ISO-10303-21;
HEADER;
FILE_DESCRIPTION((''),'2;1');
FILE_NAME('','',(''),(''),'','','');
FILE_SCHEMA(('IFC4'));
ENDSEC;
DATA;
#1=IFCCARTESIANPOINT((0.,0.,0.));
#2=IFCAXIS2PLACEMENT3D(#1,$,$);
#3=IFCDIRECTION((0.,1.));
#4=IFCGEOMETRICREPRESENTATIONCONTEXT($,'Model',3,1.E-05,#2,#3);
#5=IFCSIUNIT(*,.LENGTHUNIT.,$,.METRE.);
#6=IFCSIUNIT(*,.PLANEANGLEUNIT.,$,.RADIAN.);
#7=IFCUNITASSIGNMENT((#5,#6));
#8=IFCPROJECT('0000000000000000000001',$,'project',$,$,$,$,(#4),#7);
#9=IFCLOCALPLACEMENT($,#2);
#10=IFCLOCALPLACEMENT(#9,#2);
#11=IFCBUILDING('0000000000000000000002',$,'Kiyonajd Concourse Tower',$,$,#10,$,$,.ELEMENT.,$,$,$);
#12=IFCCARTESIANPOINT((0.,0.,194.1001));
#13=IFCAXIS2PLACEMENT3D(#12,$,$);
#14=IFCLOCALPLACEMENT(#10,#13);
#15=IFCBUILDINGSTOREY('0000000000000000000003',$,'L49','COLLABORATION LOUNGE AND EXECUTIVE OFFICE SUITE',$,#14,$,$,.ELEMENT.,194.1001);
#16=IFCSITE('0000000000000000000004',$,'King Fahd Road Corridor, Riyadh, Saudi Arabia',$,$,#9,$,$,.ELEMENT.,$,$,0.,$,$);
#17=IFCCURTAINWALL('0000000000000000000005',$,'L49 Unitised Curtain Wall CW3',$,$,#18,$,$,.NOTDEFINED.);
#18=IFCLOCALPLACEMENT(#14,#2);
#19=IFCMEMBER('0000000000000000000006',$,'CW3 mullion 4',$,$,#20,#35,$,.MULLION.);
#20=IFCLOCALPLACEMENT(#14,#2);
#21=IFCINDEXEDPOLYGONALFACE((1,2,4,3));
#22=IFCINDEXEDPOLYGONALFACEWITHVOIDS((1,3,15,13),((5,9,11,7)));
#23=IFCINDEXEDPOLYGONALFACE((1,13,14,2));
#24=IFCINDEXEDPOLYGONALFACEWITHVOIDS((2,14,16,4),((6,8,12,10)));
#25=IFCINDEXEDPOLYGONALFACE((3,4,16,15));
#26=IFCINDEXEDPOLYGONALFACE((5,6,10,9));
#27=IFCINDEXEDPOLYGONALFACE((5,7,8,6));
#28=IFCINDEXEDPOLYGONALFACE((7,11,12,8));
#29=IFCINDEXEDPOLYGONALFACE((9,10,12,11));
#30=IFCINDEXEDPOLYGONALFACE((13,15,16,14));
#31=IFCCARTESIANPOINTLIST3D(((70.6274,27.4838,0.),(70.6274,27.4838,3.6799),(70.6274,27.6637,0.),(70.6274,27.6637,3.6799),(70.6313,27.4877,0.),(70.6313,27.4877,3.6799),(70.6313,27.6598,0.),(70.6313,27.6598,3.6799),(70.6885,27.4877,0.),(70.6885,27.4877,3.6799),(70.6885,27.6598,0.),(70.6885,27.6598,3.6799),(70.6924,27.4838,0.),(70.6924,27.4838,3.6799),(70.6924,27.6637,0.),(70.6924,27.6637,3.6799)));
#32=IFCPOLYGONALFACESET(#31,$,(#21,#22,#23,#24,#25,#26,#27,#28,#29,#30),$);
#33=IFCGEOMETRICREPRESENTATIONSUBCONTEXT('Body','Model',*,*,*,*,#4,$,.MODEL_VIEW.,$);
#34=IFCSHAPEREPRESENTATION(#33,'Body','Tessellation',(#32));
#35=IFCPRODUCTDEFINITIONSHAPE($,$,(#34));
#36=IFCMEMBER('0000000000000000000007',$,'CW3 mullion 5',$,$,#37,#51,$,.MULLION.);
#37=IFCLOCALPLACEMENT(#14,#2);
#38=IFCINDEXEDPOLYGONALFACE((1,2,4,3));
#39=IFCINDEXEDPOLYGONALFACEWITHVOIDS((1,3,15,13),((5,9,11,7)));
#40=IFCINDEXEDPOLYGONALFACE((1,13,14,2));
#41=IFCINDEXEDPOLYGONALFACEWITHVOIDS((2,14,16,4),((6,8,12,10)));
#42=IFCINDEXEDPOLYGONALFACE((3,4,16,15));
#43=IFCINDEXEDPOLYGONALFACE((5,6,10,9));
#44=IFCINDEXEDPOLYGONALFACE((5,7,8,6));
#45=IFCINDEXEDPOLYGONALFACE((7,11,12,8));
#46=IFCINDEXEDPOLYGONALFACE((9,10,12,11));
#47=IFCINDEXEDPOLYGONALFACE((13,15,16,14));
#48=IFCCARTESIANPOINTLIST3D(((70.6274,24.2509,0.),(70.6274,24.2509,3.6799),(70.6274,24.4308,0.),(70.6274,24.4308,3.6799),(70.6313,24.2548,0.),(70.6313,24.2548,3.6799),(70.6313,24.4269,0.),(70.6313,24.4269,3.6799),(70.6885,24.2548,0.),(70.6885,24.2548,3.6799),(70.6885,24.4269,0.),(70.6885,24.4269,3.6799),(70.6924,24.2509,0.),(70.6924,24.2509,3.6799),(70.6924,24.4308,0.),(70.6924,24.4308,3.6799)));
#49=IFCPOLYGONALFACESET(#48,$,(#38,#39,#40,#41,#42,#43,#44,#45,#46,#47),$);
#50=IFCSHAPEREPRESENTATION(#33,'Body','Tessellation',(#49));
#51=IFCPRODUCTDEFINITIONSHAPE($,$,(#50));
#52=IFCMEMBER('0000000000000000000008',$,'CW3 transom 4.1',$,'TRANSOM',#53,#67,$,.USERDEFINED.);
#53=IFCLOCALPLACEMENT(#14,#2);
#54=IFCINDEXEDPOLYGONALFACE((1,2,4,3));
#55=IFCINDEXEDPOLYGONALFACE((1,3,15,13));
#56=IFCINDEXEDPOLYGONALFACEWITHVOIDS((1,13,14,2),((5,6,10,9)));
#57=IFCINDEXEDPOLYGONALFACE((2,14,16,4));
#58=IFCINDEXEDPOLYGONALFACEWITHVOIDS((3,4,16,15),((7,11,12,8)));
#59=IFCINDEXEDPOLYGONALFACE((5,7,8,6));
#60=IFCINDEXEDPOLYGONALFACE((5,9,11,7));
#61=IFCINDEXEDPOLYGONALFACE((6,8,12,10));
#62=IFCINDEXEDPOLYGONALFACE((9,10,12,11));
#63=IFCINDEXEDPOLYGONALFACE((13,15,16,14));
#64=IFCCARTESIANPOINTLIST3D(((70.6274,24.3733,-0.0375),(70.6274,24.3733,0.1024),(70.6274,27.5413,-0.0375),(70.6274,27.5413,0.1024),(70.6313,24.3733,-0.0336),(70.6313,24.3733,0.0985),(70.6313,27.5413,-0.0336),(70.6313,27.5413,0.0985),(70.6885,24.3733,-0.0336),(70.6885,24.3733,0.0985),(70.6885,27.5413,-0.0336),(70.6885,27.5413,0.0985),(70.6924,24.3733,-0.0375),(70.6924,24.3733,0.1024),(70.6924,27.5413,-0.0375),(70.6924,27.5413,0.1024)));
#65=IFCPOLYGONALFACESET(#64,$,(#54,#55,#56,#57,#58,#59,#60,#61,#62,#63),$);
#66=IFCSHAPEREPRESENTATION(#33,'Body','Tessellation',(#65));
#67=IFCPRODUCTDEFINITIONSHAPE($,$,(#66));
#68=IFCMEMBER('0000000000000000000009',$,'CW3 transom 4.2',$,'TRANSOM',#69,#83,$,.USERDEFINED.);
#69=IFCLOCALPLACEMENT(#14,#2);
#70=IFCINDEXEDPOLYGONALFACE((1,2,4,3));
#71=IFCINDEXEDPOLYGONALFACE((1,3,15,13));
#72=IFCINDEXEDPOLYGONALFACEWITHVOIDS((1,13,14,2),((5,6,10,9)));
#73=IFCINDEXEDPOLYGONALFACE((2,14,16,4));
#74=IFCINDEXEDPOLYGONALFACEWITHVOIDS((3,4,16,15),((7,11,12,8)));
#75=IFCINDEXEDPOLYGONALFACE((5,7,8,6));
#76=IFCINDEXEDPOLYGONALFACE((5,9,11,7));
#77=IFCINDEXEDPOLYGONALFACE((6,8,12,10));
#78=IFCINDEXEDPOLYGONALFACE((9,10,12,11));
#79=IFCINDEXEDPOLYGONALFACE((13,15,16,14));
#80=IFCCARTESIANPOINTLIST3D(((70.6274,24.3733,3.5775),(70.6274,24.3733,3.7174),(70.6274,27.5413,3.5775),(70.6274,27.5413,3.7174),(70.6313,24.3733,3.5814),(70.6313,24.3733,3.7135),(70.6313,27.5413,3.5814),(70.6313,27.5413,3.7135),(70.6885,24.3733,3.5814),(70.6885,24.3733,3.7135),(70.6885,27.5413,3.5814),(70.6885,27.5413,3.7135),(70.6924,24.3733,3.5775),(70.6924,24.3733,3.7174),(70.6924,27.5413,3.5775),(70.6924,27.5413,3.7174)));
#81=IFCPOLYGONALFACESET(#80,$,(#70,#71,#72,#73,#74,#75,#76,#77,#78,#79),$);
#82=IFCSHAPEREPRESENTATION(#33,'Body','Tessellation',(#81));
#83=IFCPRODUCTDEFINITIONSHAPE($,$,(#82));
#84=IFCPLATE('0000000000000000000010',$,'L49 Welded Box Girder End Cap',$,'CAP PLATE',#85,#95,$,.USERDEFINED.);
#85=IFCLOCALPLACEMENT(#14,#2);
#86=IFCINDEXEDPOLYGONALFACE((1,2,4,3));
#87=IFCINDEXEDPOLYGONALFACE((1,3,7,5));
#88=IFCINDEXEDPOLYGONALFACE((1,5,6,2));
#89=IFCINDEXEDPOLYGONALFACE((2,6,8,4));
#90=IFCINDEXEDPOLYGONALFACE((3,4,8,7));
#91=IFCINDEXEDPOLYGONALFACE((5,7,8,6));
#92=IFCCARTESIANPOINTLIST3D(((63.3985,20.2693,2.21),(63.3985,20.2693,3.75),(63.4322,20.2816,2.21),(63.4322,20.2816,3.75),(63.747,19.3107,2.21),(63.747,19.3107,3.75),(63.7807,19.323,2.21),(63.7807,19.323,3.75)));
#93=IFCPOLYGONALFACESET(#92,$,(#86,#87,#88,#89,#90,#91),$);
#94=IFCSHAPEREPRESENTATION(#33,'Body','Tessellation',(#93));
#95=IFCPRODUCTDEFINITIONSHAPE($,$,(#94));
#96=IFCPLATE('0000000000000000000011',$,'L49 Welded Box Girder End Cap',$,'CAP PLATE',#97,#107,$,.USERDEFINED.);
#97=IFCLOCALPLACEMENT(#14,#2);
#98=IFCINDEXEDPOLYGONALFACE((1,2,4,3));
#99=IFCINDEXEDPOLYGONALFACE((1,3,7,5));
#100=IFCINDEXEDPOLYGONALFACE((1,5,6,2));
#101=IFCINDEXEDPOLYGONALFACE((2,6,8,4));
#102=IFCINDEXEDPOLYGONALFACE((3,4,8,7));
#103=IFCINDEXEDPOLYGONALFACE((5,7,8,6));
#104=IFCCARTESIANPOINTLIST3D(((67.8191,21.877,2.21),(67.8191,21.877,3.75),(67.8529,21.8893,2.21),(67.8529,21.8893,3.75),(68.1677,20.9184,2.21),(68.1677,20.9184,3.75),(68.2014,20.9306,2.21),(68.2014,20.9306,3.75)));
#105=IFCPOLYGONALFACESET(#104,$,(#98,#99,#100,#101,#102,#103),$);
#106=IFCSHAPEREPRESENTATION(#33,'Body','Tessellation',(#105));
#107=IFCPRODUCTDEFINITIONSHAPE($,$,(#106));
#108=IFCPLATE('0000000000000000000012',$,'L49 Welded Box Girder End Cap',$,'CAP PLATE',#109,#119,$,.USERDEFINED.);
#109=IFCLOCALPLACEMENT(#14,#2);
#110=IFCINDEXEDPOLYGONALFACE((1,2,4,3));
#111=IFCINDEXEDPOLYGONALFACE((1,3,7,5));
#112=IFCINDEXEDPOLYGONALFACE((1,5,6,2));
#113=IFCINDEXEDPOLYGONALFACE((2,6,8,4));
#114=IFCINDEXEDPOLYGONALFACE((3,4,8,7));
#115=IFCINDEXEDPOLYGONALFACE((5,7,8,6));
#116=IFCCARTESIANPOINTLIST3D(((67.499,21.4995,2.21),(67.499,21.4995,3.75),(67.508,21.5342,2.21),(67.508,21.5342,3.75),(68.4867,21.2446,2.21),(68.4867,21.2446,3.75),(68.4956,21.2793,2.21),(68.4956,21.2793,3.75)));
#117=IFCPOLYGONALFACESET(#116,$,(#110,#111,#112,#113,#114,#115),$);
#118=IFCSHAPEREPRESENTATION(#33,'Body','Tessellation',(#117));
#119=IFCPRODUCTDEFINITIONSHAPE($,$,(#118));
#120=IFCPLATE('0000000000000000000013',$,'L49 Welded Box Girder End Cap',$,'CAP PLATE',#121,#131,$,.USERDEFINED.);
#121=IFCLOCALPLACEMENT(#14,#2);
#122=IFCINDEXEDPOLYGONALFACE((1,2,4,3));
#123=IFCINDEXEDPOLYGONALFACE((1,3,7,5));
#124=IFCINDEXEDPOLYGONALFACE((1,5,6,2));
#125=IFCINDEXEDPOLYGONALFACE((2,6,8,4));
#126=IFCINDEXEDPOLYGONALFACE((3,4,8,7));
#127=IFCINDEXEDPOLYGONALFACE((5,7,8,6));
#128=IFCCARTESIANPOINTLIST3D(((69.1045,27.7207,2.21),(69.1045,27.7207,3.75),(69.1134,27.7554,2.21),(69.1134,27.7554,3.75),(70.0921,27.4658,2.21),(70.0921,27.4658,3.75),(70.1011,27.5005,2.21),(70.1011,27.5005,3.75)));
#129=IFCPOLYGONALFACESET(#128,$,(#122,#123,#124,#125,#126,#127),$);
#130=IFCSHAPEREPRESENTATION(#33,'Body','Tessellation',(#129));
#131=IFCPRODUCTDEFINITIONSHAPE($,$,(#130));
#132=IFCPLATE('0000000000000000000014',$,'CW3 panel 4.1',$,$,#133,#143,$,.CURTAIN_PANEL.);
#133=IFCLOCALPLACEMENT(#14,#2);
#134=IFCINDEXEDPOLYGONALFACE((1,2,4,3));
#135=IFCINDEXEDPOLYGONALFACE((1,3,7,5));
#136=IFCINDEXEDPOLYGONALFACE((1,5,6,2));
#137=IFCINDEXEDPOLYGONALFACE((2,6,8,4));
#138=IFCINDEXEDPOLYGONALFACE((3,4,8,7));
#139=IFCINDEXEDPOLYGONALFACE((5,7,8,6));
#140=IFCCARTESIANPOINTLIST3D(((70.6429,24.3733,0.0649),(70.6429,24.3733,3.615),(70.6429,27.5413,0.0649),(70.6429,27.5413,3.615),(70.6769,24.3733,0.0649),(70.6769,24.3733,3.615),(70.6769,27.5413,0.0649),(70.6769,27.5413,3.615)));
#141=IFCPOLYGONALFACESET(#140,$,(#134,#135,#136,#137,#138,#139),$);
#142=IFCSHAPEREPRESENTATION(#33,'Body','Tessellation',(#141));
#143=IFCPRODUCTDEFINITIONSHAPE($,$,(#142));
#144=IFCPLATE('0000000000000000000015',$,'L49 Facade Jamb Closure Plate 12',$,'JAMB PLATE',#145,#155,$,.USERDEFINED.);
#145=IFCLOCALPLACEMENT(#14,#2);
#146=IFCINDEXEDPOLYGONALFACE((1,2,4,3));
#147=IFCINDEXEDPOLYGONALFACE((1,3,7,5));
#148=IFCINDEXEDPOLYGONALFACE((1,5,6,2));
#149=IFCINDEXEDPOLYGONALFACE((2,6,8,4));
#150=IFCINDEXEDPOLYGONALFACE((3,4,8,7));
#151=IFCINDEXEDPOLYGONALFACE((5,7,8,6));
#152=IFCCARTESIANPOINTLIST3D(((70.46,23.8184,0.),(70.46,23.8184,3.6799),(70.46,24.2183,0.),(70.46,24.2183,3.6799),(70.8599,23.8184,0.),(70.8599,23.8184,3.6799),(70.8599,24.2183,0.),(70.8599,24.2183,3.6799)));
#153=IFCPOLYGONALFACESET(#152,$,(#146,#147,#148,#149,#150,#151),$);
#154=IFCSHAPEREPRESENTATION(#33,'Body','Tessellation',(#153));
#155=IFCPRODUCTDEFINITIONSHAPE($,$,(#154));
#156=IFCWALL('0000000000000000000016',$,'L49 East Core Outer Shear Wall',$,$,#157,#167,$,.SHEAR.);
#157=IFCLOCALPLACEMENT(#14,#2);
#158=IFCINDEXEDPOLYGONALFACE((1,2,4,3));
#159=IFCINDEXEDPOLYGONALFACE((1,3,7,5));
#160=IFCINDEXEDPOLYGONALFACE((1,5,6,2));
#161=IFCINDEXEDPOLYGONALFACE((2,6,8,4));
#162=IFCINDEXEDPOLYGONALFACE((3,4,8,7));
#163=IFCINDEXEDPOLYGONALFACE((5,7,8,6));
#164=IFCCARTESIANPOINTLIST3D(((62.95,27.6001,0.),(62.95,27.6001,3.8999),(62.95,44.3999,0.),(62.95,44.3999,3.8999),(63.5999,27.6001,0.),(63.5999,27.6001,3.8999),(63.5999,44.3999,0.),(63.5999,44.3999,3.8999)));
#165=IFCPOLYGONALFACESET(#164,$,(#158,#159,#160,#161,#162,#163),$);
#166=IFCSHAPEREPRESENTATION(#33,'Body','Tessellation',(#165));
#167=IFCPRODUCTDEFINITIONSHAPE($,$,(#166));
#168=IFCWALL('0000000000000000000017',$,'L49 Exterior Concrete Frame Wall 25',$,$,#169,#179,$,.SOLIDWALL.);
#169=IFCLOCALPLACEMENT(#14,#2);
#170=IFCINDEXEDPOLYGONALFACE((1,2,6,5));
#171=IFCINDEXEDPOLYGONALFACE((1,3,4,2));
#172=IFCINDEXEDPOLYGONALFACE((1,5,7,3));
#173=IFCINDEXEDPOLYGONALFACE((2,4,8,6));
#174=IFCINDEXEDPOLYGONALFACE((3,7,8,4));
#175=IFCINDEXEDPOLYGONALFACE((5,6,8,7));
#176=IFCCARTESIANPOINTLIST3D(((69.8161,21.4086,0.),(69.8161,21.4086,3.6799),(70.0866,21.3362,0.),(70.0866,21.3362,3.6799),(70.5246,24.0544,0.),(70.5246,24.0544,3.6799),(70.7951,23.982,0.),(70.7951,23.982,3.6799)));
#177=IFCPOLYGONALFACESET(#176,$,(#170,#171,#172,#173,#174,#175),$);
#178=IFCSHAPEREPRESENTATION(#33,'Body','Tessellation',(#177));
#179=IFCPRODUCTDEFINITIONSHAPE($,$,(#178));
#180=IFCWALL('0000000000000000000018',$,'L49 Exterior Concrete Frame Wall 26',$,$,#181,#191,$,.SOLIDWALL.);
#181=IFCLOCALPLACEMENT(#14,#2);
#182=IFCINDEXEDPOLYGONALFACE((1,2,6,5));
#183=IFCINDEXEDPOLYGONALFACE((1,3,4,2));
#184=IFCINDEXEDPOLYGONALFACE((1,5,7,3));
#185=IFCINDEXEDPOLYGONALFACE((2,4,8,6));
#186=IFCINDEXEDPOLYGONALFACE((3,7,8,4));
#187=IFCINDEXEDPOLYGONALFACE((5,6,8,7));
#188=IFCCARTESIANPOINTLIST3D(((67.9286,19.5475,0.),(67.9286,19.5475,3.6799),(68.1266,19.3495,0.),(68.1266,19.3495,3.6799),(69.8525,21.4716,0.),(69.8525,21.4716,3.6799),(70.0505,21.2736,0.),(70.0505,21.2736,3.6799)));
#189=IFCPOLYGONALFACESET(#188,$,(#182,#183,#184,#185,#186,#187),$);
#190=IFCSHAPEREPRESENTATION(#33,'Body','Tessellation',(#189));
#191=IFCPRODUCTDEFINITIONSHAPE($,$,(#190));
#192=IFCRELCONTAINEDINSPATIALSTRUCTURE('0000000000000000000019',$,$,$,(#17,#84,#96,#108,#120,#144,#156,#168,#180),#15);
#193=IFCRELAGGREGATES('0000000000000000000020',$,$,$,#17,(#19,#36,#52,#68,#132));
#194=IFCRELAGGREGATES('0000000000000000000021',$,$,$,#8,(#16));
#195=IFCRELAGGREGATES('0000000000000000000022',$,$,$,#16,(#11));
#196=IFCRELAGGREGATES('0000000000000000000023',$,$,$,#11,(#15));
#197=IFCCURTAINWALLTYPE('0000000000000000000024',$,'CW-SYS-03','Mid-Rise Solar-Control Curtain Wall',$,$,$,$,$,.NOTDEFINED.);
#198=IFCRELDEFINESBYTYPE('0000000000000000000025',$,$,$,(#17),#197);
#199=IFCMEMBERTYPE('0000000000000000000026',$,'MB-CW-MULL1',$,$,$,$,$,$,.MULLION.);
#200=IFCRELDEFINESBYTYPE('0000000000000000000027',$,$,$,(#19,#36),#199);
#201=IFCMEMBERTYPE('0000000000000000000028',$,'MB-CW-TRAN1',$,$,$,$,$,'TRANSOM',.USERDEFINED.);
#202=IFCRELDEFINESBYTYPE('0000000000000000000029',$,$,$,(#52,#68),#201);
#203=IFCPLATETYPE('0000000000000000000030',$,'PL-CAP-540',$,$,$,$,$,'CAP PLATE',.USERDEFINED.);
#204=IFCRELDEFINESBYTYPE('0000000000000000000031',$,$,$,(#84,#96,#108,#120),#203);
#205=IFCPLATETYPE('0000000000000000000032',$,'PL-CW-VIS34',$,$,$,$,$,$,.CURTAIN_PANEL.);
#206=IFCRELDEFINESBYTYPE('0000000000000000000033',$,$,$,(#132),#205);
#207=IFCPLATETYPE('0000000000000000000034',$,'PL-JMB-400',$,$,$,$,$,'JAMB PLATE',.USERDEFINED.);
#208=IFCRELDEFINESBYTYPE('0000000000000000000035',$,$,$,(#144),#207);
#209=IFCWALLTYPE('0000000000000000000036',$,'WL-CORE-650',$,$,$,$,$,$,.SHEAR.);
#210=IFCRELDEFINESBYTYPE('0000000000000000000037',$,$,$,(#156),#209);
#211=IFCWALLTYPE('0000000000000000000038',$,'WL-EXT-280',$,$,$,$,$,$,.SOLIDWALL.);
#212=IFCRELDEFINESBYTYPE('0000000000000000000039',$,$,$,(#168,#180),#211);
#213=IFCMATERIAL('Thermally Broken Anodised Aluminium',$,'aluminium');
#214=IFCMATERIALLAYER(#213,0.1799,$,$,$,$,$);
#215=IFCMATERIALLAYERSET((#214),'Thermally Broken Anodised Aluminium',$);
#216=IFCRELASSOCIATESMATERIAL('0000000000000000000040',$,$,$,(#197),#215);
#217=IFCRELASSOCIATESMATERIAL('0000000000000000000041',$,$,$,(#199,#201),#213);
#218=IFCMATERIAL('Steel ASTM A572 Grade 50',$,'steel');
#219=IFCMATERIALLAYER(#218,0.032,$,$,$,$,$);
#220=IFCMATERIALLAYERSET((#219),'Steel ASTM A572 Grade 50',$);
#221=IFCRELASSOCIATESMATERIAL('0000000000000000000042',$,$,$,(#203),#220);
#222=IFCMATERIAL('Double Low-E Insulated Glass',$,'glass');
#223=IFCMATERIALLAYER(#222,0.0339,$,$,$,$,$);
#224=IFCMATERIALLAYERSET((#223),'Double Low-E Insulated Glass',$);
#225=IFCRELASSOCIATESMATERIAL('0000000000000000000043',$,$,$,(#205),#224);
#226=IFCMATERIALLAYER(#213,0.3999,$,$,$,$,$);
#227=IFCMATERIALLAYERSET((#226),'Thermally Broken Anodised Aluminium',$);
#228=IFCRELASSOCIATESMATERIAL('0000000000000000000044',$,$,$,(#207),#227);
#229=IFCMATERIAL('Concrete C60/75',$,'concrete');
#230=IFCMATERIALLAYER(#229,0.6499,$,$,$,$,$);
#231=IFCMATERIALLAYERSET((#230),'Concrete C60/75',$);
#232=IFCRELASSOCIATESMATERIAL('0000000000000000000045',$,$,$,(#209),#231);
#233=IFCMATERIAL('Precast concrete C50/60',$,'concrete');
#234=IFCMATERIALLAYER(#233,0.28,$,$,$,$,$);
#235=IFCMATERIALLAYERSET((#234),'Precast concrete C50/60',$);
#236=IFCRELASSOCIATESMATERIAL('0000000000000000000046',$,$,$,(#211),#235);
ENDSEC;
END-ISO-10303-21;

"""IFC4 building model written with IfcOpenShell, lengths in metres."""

from ifc_helpers import new_model, si_unit, direction, frame, frame_2d, origin, origin_2d, place, context, subcontext, project, spatial, rectangle, hollow_rectangle, extrude, material, layer, layer_set, material_profile, profile_set, type_object, element, aggregate, save


model = new_model("IFC4")

# Units and contexts
model_context = context("Model", 3, precision=1e-05, world=origin(), true_north=direction((0.0, 1.0)))
body_context = subcontext(model_context, "Body", "Model", "MODEL_VIEW")
ifc_project = project(units=[si_unit("LENGTHUNIT", "METRE"), si_unit("PLANEANGLEUNIT", "RADIAN")], contexts=[model_context])

# Site, building, storey
site_placement = place(None, origin())
site = spatial("IfcSite", under=ifc_project, at=site_placement, Name="King Fahd Road Corridor, Riyadh, Saudi Arabia", CompositionType="ELEMENT", RefElevation=0.0)
building_placement = place(site_placement, origin())
building = spatial("IfcBuilding", under=site, at=building_placement, Name="Kiyonajd Concourse Tower", CompositionType="ELEMENT")
storey_placement = place(building_placement, frame((0.0, 0.0, 194.1001)))
storey = spatial("IfcBuildingStorey", under=building, at=storey_placement, Name="L49", Description="COLLABORATION LOUNGE AND EXECUTIVE OFFICE SUITE", CompositionType="ELEMENT", Elevation=194.1001)

# Shared definitions
ifc_material_1 = material(Name="Concrete C60/75", Category="concrete")

# Shared definitions
ifc_material_2 = material(Name="Steel ASTM A572 Grade 50", Category="steel")

# Curtain wall, members
ifc_material_3 = material(Name="Thermally Broken Anodised Aluminium", Category="aluminium")
ifc_layer_1 = layer(ifc_material_3, 0.1799)
ifc_layer_set_1 = layer_set([ifc_layer_1], Name="Thermally Broken Anodised Aluminium")
curtain_wall_type = type_object("IfcCurtainWallType", Name="CW-SYS-03", Description="Mid-Rise Solar-Control Curtain Wall", PredefinedType="NOTDEFINED", material=ifc_layer_set_1)
curtain_wall_placement = place(storey_placement, origin())
curtain_wall = element("IfcCurtainWall", 1, at=curtain_wall_placement, inside=storey, type_object=curtain_wall_type, Name="L49 Unitised Curtain Wall CW3", PredefinedType="NOTDEFINED")
ifc_material_profile_1 = material_profile(ifc_material_3, hollow_rectangle(XDim=0.0649, YDim=0.1799, WallThickness=0.0039, at=origin_2d()), Name="MULL-65x180")
ifc_profile_set_1 = profile_set([ifc_material_profile_1], Name="Thermally Broken Anodised Aluminium")
member_type_1 = type_object("IfcMemberType", Name="MB-CW-MULL1", PredefinedType="MULLION", material=ifc_profile_set_1)
member_1_placement = place(storey_placement, frame((70.6599, 27.5737, 0.0), z_axis=(0.0, 0.0, 1.0), x_axis=(1.0, 0.0, 0.0)))
member_1 = element("IfcMember", 2, at=member_1_placement, type_object=member_type_1, Name="CW3 mullion 4", PredefinedType="MULLION", context=body_context, shape_type="SweptSolid", body=[
    extrude(hollow_rectangle(XDim=0.0649, YDim=0.1799, WallThickness=0.0039, at=origin_2d()), origin(), (0.0, 0.0, 1.0), 3.6799),
])
member_2_placement = place(storey_placement, frame((70.6599, 24.3408, 0.0), z_axis=(0.0, 0.0, 1.0), x_axis=(1.0, 0.0, 0.0)))
member_2 = element("IfcMember", 3, at=member_2_placement, type_object=member_type_1, Name="CW3 mullion 5", PredefinedType="MULLION", context=body_context, shape_type="SweptSolid", body=[
    extrude(hollow_rectangle(XDim=0.0649, YDim=0.1799, WallThickness=0.0039, at=origin_2d()), origin(), (0.0, 0.0, 1.0), 3.6799),
])
ifc_material_profile_2 = material_profile(ifc_material_3, hollow_rectangle(XDim=0.0649, YDim=0.1399, WallThickness=0.0039, at=origin_2d()), Name="TRAN-65x140")
ifc_profile_set_2 = profile_set([ifc_material_profile_2], Name="Thermally Broken Anodised Aluminium")
member_type_2 = type_object("IfcMemberType", Name="MB-CW-TRAN1", ElementType="TRANSOM", PredefinedType="USERDEFINED", material=ifc_profile_set_2)
member_3_placement = place(storey_placement, frame((70.6599, 27.5413, 0.0325), z_axis=(0.0, -1.0, 0.0), x_axis=(1.0, 0.0, 0.0)))
member_3 = element("IfcMember", 4, at=member_3_placement, type_object=member_type_2, Name="CW3 transom 4.1", ObjectType="TRANSOM", PredefinedType="USERDEFINED", context=body_context, shape_type="SweptSolid", body=[
    extrude(hollow_rectangle(XDim=0.0649, YDim=0.1399, WallThickness=0.0039, at=origin_2d()), origin(), (0.0, 0.0, 1.0), 3.168),
])
member_4_placement = place(storey_placement, frame((70.6599, 27.5413, 3.6475), z_axis=(0.0, -1.0, 0.0), x_axis=(1.0, 0.0, 0.0)))
member_4 = element("IfcMember", 5, at=member_4_placement, type_object=member_type_2, Name="CW3 transom 4.2", ObjectType="TRANSOM", PredefinedType="USERDEFINED", context=body_context, shape_type="SweptSolid", body=[
    extrude(hollow_rectangle(XDim=0.0649, YDim=0.1399, WallThickness=0.0039, at=origin_2d()), origin(), (0.0, 0.0, 1.0), 3.168),
])

# Plates
ifc_layer_2 = layer(ifc_material_2, 0.032)
ifc_layer_set_2 = layer_set([ifc_layer_2], Name="Steel ASTM A572 Grade 50")
plate_type_1 = type_object("IfcPlateType", Name="PL-CAP-540", ElementType="CAP PLATE", PredefinedType="USERDEFINED", material=ifc_layer_set_2)
for number, where, z_axis, x_axis, name in (
    (6, (63.5896, 19.7961, 2.21), (0.0, 0.0, 1.0), (-0.939812, -0.341692, 0.0), "L49 Welded Box Girder End Cap"),
    (7, (68.0103, 21.4038, 2.21), (0.0, 0.0, 1.0), (0.939812, 0.341692, 0.0), "L49 Welded Box Girder End Cap"),
    (8, (67.9973, 21.3894, 2.21), (0.0, 0.0, 1.0), (-0.249873, -0.968279, 0.0), "L49 Welded Box Girder End Cap"),
    (9, (69.6028, 27.6106, 2.21), (0.0, 0.0, 1.0), (0.249873, 0.968279, 0.0), "L49 Welded Box Girder End Cap"),
):
    element("IfcPlate", number, at=place(storey_placement, frame(where, z_axis=z_axis, x_axis=x_axis)), inside=storey, type_object=plate_type_1, Name=name, ObjectType="CAP PLATE", PredefinedType="USERDEFINED", context=body_context, shape_type="SweptSolid", body=[
        extrude(rectangle(XDim=0.0359, YDim=1.02, at=origin_2d()), origin(), (0.0, 0.0, 1.0), 1.54),
    ])

# Plates
ifc_material_4 = material(Name="Double Low-E Insulated Glass", Category="glass")
ifc_layer_3 = layer(ifc_material_4, 0.0339)
ifc_layer_set_3 = layer_set([ifc_layer_3], Name="Double Low-E Insulated Glass")
plate_type_2 = type_object("IfcPlateType", Name="PL-CW-VIS34", PredefinedType="CURTAIN_PANEL", material=ifc_layer_set_3)
plate_1_placement = place(storey_placement, frame((70.6599, 25.9573, 0.0649), z_axis=(0.0, 0.0, 1.0), x_axis=(0.0, -1.0, 0.0)))
plate_1 = element("IfcPlate", 10, at=plate_1_placement, type_object=plate_type_2, Name="CW3 panel 4.1", PredefinedType="CURTAIN_PANEL", context=body_context, shape_type="SweptSolid", body=[
    extrude(rectangle(XDim=3.168, YDim=0.0339, at=origin_2d()), origin(), (0.0, 0.0, 1.0), 3.55),
])
aggregate(curtain_wall, [member_1, member_2, member_3, member_4, plate_1])
ifc_layer_4 = layer(ifc_material_3, 0.3999)
ifc_layer_set_4 = layer_set([ifc_layer_4], Name="Thermally Broken Anodised Aluminium")
plate_type_3 = type_object("IfcPlateType", Name="PL-JMB-400", ElementType="JAMB PLATE", PredefinedType="USERDEFINED", material=ifc_layer_set_4)
plate_2_placement = place(storey_placement, frame((70.6599, 24.0183, 0.0), z_axis=(0.0, 0.0, 1.0), x_axis=(1.0, 0.0, 0.0)))
element("IfcPlate", 11, at=plate_2_placement, inside=storey, type_object=plate_type_3, Name="L49 Facade Jamb Closure Plate 12", ObjectType="JAMB PLATE", PredefinedType="USERDEFINED", context=body_context, shape_type="SweptSolid", body=[
    extrude(rectangle(XDim=0.3999, YDim=0.3999, at=origin_2d()), origin(), (0.0, 0.0, 1.0), 3.6799),
])

# Walls
ifc_layer_5 = layer(ifc_material_1, 0.6499)
ifc_layer_set_5 = layer_set([ifc_layer_5], Name="Concrete C60/75")
wall_type_1 = type_object("IfcWallType", Name="WL-CORE-650", PredefinedType="SHEAR", material=ifc_layer_set_5)
wall_1_placement = place(storey_placement, frame((63.2749, 27.6001, 0.0), z_axis=(0.0, 0.0, 1.0), x_axis=(0.0, 1.0, 0.0)))
element("IfcWall", 12, at=wall_1_placement, inside=storey, type_object=wall_type_1, Name="L49 East Core Outer Shear Wall", PredefinedType="SHEAR", context=body_context, shape_type="SweptSolid", body=[
    extrude(rectangle(XDim=16.7998, YDim=0.6499, at=frame_2d((8.3999, 0.0))), origin(), (0.0, 0.0, 1.0), 3.8999),
])
ifc_material_5 = material(Name="Precast concrete C50/60", Category="concrete")
ifc_layer_6 = layer(ifc_material_5, 0.28)
ifc_layer_set_6 = layer_set([ifc_layer_6], Name="Precast concrete C50/60")
wall_type_2 = type_object("IfcWallType", Name="WL-EXT-280", PredefinedType="SOLIDWALL", material=ifc_layer_set_6)
wall_2_placement = place(storey_placement, frame((70.6599, 24.0183, 0.0), z_axis=(0.0, 0.0, 1.0), x_axis=(-0.258672, -0.965965, 0.0)))
element("IfcWall", 13, at=wall_2_placement, inside=storey, type_object=wall_type_2, Name="L49 Exterior Concrete Frame Wall 25", PredefinedType="SOLIDWALL", context=body_context, shape_type="SweptSolid", body=[
    extrude(rectangle(XDim=2.739, YDim=0.28, at=frame_2d((1.3696, 0.0))), origin(), (0.0, 0.0, 1.0), 3.6799),
])
wall_3_placement = place(storey_placement, frame((69.9514, 21.3726, 0.0), z_axis=(0.0, 0.0, 1.0), x_axis=(-0.707062, -0.707152, 0.0)))
element("IfcWall", 14, at=wall_3_placement, inside=storey, type_object=wall_type_2, Name="L49 Exterior Concrete Frame Wall 26", PredefinedType="SOLIDWALL", context=body_context, shape_type="SweptSolid", body=[
    extrude(rectangle(XDim=2.7209, YDim=0.28, at=frame_2d((1.3604, 0.0))), origin(), (0.0, 0.0, 1.0), 3.6799),
])

save(model, "model.ifc")
